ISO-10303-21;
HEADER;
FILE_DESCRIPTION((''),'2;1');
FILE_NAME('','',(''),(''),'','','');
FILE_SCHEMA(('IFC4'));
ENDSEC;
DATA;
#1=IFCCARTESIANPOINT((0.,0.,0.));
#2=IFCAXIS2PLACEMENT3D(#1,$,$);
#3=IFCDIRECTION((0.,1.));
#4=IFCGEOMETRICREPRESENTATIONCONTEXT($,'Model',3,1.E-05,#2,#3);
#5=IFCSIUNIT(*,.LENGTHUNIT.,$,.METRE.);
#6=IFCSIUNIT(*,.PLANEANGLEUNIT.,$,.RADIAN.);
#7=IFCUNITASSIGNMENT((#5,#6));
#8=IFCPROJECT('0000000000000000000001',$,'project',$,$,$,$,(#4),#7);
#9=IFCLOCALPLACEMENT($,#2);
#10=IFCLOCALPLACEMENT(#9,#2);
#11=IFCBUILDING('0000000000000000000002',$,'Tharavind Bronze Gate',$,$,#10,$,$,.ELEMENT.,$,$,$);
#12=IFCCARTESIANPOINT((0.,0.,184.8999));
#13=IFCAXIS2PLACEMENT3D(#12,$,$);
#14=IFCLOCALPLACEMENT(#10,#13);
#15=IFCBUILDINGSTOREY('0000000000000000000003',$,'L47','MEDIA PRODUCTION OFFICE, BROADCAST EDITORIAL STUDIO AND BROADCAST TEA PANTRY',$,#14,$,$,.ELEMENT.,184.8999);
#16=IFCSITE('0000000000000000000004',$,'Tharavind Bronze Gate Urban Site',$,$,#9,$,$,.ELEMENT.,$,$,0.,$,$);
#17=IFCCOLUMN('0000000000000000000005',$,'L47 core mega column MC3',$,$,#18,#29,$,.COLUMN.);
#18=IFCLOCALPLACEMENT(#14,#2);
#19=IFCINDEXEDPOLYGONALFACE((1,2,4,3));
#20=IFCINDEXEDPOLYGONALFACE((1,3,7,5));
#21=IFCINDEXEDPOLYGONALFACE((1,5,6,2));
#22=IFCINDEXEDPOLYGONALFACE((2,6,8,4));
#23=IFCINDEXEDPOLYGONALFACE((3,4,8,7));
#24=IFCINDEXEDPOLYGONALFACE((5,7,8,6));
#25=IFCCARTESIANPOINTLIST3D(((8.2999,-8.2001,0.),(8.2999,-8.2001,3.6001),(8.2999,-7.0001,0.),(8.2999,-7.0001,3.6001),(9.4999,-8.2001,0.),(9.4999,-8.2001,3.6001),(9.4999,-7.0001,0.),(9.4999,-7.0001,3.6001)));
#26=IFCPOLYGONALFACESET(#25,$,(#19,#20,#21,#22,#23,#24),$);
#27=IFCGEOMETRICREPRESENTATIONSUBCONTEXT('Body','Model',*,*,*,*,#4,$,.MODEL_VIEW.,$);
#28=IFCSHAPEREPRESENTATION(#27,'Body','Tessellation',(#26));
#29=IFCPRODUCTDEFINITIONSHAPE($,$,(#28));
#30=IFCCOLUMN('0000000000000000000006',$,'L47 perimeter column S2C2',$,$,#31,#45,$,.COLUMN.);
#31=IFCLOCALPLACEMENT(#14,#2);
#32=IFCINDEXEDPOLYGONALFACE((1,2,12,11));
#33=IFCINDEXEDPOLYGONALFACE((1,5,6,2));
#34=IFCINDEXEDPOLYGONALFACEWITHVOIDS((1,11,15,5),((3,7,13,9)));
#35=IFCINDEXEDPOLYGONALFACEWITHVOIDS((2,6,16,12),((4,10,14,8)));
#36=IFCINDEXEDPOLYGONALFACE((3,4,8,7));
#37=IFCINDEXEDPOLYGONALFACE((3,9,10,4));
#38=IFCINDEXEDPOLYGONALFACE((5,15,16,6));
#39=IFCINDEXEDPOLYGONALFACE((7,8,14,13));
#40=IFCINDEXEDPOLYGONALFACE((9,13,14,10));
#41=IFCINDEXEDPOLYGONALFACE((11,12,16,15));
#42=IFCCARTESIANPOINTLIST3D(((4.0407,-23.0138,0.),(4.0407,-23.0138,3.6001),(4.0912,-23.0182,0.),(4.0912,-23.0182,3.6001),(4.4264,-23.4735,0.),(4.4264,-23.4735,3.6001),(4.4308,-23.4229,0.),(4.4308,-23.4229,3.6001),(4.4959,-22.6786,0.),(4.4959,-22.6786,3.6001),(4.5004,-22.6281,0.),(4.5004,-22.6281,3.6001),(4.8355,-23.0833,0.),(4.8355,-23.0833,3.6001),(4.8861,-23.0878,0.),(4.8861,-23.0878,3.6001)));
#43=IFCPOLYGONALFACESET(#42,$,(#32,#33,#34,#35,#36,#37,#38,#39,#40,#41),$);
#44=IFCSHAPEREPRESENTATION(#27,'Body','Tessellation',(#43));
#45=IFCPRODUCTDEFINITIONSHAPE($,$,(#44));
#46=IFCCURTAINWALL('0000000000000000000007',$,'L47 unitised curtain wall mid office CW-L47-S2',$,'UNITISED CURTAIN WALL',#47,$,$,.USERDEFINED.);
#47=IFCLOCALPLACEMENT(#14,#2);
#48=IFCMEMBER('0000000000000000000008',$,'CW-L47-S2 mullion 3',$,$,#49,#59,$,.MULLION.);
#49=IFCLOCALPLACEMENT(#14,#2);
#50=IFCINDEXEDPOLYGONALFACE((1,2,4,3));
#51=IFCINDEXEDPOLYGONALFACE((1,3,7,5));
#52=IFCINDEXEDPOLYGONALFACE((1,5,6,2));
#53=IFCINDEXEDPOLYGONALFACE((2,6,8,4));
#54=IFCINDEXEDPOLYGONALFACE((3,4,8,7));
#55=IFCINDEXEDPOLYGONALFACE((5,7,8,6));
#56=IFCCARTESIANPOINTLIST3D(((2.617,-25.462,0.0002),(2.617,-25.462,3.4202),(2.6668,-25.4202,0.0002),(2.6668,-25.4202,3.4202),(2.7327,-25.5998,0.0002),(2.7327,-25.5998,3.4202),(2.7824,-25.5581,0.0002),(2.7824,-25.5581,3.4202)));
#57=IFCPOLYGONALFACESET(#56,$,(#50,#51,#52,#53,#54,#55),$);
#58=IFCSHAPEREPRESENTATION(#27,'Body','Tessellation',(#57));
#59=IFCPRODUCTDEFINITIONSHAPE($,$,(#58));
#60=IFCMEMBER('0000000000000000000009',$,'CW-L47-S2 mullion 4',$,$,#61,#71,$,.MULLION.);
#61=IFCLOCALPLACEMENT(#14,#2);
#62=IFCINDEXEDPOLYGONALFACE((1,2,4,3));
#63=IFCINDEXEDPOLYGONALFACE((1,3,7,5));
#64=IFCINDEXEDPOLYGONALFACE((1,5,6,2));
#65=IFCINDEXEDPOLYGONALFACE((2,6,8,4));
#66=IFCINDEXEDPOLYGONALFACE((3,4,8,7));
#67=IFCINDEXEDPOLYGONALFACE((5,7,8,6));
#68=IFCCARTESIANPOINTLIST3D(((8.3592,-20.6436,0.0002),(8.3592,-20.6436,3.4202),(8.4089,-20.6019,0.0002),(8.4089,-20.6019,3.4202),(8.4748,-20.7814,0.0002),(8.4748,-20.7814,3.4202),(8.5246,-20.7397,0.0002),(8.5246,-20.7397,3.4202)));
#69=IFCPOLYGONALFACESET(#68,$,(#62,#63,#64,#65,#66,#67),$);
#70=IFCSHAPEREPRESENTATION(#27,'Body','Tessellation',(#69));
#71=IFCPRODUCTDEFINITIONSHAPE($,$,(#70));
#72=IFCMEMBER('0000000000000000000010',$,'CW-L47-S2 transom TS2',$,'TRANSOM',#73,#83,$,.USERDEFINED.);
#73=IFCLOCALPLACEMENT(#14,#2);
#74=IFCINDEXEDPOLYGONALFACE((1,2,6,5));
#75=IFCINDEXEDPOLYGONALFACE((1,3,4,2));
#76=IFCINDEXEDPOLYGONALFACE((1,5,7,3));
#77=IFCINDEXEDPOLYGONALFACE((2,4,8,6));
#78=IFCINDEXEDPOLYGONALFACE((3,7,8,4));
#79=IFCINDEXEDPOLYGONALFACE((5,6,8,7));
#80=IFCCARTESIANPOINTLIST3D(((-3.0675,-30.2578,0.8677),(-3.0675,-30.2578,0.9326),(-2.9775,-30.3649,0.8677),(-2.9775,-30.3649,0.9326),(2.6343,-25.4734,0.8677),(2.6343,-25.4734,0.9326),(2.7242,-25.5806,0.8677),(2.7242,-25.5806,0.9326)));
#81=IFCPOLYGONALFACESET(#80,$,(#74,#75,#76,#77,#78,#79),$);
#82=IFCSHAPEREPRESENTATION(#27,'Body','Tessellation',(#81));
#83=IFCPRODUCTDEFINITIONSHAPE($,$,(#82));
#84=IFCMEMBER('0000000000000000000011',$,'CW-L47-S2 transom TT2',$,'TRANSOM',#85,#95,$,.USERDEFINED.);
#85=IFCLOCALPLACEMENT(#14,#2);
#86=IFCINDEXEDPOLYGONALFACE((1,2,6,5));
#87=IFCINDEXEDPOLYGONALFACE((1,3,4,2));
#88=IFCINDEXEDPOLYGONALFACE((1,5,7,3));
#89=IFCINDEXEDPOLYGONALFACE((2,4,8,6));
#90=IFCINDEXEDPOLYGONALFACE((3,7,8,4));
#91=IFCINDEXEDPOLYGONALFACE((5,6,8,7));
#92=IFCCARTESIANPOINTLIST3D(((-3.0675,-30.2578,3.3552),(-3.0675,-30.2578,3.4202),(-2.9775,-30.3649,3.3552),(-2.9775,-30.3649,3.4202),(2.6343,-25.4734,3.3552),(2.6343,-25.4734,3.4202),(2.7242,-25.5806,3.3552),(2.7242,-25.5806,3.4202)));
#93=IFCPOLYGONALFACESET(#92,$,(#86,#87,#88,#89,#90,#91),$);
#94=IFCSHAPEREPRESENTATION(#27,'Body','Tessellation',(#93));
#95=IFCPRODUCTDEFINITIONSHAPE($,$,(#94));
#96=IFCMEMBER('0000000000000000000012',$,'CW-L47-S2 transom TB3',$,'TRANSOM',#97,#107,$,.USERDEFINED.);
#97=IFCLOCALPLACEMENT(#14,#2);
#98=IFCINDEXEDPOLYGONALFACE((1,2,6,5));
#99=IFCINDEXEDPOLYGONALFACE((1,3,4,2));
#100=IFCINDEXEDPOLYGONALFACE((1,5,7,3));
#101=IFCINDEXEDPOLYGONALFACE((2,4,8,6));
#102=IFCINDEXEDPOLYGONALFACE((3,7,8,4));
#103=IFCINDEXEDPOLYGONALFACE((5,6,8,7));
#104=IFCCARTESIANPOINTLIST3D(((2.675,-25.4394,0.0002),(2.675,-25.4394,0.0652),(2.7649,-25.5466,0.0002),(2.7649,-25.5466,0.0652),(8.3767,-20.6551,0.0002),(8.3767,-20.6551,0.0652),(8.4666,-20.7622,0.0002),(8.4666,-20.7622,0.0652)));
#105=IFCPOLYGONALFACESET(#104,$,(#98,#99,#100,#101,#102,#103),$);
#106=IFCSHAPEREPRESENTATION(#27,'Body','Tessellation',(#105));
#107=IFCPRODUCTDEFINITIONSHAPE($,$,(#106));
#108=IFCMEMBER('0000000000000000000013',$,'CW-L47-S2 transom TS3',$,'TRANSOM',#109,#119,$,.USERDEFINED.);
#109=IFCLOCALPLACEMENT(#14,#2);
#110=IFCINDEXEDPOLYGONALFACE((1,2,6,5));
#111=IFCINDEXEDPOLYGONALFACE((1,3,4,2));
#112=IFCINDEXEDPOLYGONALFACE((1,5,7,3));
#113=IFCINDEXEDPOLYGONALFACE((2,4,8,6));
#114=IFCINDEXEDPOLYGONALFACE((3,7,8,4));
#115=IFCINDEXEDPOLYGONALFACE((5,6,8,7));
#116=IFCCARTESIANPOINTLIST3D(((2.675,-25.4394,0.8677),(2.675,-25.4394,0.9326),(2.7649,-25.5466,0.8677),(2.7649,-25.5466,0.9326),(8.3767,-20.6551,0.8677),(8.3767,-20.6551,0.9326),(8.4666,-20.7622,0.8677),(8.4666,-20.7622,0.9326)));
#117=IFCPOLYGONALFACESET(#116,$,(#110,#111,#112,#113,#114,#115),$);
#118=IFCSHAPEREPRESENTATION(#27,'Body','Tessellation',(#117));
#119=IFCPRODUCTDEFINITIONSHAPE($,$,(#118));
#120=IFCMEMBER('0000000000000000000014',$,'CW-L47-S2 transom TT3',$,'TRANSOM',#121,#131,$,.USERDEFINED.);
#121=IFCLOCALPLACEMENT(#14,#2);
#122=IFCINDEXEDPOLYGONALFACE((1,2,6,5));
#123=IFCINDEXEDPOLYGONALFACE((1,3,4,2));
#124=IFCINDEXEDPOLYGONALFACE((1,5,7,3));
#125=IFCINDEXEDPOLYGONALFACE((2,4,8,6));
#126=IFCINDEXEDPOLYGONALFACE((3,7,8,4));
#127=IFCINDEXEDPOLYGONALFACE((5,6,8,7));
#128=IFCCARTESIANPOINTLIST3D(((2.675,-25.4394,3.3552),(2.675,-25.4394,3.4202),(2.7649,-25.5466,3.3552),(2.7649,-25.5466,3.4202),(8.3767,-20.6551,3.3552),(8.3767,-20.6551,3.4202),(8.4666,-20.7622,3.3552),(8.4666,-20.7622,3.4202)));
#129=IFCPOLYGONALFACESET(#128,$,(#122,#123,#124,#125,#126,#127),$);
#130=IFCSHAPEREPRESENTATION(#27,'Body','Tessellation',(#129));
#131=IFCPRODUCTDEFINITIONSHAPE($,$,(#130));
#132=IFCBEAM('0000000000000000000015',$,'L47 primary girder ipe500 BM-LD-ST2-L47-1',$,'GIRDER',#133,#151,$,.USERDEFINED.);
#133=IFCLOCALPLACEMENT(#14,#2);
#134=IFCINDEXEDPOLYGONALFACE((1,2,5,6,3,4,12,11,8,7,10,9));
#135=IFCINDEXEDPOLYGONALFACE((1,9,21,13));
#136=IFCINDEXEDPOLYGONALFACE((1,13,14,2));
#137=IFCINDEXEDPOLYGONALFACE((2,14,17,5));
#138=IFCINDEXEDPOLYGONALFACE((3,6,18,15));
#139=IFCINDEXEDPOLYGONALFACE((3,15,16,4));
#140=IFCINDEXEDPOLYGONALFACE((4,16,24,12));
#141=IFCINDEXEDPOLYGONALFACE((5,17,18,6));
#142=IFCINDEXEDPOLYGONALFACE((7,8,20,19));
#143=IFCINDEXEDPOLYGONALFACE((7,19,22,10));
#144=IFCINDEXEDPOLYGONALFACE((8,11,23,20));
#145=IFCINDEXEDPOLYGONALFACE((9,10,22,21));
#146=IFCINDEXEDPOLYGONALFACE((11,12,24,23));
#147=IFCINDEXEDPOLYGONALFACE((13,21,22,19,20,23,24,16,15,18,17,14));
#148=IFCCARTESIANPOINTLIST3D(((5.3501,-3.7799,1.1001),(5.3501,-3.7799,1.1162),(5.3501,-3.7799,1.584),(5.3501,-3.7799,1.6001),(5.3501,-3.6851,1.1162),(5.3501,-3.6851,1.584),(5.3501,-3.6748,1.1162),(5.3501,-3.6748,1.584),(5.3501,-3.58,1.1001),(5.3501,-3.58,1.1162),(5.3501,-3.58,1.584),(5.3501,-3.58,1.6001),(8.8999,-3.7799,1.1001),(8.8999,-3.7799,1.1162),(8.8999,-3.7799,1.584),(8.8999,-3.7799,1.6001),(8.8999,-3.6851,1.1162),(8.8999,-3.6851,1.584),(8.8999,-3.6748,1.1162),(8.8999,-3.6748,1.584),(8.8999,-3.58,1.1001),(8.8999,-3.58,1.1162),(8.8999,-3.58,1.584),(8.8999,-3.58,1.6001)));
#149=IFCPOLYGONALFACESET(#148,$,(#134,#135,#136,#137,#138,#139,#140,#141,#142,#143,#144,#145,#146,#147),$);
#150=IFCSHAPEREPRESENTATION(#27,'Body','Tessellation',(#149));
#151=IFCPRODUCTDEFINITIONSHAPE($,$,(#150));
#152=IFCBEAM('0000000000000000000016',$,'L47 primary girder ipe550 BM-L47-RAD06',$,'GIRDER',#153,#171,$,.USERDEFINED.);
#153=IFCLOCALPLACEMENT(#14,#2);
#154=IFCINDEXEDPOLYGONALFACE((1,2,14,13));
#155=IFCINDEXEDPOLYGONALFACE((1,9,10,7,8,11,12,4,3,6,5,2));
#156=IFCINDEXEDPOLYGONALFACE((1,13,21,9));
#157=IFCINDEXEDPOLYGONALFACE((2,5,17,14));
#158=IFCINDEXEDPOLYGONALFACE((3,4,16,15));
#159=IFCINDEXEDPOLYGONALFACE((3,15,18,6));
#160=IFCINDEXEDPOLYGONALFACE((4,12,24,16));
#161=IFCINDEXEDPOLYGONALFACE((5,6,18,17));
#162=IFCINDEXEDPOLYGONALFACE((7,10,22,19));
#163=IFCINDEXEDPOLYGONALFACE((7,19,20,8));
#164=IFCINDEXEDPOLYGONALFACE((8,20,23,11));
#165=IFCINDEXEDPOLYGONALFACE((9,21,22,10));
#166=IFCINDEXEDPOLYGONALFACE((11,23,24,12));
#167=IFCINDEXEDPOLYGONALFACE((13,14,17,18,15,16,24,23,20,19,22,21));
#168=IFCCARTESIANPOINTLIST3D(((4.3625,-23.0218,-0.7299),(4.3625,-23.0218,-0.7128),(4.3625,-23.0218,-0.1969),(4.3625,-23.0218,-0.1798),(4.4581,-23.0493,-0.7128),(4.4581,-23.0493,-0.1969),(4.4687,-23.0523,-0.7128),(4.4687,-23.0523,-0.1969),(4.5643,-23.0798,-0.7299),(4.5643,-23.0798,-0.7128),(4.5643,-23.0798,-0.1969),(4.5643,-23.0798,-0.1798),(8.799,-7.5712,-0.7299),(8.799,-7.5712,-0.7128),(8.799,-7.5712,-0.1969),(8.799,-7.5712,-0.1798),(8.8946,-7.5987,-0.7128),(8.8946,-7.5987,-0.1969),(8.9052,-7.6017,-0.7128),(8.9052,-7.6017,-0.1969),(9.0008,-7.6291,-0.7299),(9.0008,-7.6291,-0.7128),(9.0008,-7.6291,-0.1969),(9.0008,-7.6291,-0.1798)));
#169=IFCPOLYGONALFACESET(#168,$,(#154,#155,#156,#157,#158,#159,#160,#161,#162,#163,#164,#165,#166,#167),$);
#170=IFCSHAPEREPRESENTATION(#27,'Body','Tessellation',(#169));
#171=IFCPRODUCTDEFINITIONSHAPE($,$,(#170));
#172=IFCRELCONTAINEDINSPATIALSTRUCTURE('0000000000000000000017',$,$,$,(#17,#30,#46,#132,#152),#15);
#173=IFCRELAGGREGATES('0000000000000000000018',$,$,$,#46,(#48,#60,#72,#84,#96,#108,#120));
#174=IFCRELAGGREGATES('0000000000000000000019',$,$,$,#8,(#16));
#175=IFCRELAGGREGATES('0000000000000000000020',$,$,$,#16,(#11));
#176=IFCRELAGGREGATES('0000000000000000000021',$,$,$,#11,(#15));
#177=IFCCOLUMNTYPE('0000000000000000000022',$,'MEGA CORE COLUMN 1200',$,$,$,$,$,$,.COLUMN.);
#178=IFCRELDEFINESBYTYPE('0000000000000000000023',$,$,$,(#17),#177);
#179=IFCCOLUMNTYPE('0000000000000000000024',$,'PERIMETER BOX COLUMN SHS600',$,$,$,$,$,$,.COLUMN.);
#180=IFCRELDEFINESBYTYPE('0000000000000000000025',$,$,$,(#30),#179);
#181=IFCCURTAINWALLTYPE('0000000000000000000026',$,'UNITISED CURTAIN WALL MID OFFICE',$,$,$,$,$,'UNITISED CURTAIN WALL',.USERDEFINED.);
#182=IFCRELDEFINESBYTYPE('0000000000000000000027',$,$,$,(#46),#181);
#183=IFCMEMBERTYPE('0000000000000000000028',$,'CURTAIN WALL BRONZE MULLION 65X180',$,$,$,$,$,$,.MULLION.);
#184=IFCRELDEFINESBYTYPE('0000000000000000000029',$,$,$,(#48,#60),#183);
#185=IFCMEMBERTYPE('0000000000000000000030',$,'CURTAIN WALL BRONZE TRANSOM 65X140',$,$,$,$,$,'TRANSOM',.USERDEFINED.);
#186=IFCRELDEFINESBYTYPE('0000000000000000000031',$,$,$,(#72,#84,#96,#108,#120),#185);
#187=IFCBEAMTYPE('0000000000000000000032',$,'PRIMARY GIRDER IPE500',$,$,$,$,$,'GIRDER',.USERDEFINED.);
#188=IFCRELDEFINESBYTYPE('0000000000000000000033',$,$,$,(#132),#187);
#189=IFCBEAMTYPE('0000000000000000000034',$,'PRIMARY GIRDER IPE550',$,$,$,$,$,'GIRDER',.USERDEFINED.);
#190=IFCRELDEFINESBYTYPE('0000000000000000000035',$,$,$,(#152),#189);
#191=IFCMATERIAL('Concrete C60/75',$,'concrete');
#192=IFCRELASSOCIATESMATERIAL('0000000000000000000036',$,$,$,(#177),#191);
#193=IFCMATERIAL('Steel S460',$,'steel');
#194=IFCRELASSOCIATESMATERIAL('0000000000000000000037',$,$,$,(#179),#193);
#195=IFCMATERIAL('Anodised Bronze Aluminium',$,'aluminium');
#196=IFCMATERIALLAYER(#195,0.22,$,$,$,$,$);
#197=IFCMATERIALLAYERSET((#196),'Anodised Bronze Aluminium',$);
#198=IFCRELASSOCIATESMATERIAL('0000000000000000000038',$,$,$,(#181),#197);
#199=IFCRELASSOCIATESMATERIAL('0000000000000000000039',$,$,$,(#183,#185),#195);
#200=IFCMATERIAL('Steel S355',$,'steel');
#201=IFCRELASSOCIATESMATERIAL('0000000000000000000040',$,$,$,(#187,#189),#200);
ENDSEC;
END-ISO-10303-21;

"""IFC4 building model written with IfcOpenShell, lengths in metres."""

from ifc_helpers import new_model, si_unit, direction, frame, origin, origin_2d, place, context, subcontext, project, spatial, rectangle, hollow_rectangle, i_section, extrude, material, layer, layer_set, material_profile, profile_set, type_object, element, aggregate, save


model = new_model("IFC4")

# Units and contexts
model_context = context("Model", 3, precision=1e-05, world=origin(), true_north=direction((0.0, 1.0)))
body_context = subcontext(model_context, "Body", "Model", "MODEL_VIEW")
ifc_project = project(units=[si_unit("LENGTHUNIT", "METRE"), si_unit("PLANEANGLEUNIT", "RADIAN")], contexts=[model_context])

# Site, building, storey
site_placement = place(None, origin())
site = spatial("IfcSite", under=ifc_project, at=site_placement, Name="Tharavind Bronze Gate Urban Site", CompositionType="ELEMENT", RefElevation=0.0)
building_placement = place(site_placement, origin())
building = spatial("IfcBuilding", under=site, at=building_placement, Name="Tharavind Bronze Gate", CompositionType="ELEMENT")
storey_placement = place(building_placement, frame((0.0, 0.0, 184.8999)))
storey = spatial("IfcBuildingStorey", under=building, at=storey_placement, Name="L47", Description="MEDIA PRODUCTION OFFICE, BROADCAST EDITORIAL STUDIO AND BROADCAST TEA PANTRY", CompositionType="ELEMENT", Elevation=184.8999)

# Columns
ifc_material_1 = material(Name="Concrete C60/75", Category="concrete")
ifc_material_profile_1 = material_profile(ifc_material_1, rectangle(XDim=1.2, YDim=1.2, at=origin_2d()), Name="RCCOL1200")
ifc_profile_set_1 = profile_set([ifc_material_profile_1], Name="Concrete C60/75")
column_type_1 = type_object("IfcColumnType", Name="MEGA CORE COLUMN 1200", PredefinedType="COLUMN", material=ifc_profile_set_1)
column_1_placement = place(storey_placement, frame((8.8999, -7.6001, 0.0), z_axis=(0.0, 0.0, 1.0), x_axis=(1.0, 0.0, 0.0)))
element("IfcColumn", 1, at=column_1_placement, inside=storey, type_object=column_type_1, Name="L47 core mega column MC3", PredefinedType="COLUMN", context=body_context, shape_type="SweptSolid", body=[
    extrude(rectangle(XDim=1.2, YDim=1.2, at=origin_2d()), origin(), (0.0, 0.0, 1.0), 3.6001),
])
ifc_material_2 = material(Name="Steel S460", Category="steel")
ifc_material_profile_2 = material_profile(ifc_material_2, hollow_rectangle(XDim=0.6001, YDim=0.6001, WallThickness=0.0359, at=origin_2d()), Name="SHS600X36")
ifc_profile_set_2 = profile_set([ifc_material_profile_2], Name="Steel S460")
column_type_2 = type_object("IfcColumnType", Name="PERIMETER BOX COLUMN SHS600", PredefinedType="COLUMN", material=ifc_profile_set_2)
column_2_placement = place(storey_placement, frame((4.4634, -23.0508, 0.0), z_axis=(0.0, 0.0, 1.0), x_axis=(0.766043, 0.642789, 0.0)))
element("IfcColumn", 2, at=column_2_placement, inside=storey, type_object=column_type_2, Name="L47 perimeter column S2C2", PredefinedType="COLUMN", context=body_context, shape_type="SweptSolid", body=[
    extrude(hollow_rectangle(XDim=0.6001, YDim=0.6001, WallThickness=0.0359, at=origin_2d()), origin(), (0.0, 0.0, 1.0), 3.6001),
])

# Curtain wall, members
ifc_material_3 = material(Name="Anodised Bronze Aluminium", Category="aluminium")
ifc_layer_1 = layer(ifc_material_3, 0.22)
ifc_layer_set_1 = layer_set([ifc_layer_1], Name="Anodised Bronze Aluminium")
curtain_wall_type = type_object("IfcCurtainWallType", Name="UNITISED CURTAIN WALL MID OFFICE", ElementType="UNITISED CURTAIN WALL", PredefinedType="USERDEFINED", material=ifc_layer_set_1)
curtain_wall_placement = place(storey_placement, origin())
curtain_wall = element("IfcCurtainWall", 3, at=curtain_wall_placement, inside=storey, type_object=curtain_wall_type, Name="L47 unitised curtain wall mid office CW-L47-S2", ObjectType="UNITISED CURTAIN WALL", PredefinedType="USERDEFINED")
member_type_1 = type_object("IfcMemberType", Name="CURTAIN WALL BRONZE MULLION 65X180", PredefinedType="MULLION", material=ifc_material_3)
member_1_placement = place(storey_placement, frame((2.6997, -25.51, 0.0002), z_axis=(0.0, 0.0, 1.0), x_axis=(0.766043, 0.642789, 0.0)))
member_1 = element("IfcMember", 4, at=member_1_placement, type_object=member_type_1, Name="CW-L47-S2 mullion 3", PredefinedType="MULLION", context=body_context, shape_type="SweptSolid", body=[
    extrude(rectangle(XDim=0.0649, YDim=0.1799, at=origin_2d()), origin(), (0.0, 0.0, 1.0), 3.4199),
])
member_2_placement = place(storey_placement, frame((8.4419, -20.6917, 0.0002), z_axis=(0.0, 0.0, 1.0), x_axis=(0.766043, 0.642789, 0.0)))
member_2 = element("IfcMember", 5, at=member_2_placement, type_object=member_type_1, Name="CW-L47-S2 mullion 4", PredefinedType="MULLION", context=body_context, shape_type="SweptSolid", body=[
    extrude(rectangle(XDim=0.0649, YDim=0.1799, at=origin_2d()), origin(), (0.0, 0.0, 1.0), 3.4199),
])
member_type_2 = type_object("IfcMemberType", Name="CURTAIN WALL BRONZE TRANSOM 65X140", ElementType="TRANSOM", PredefinedType="USERDEFINED", material=ifc_material_3)
member_3_placement = place(storey_placement, frame((-0.1716, -27.9192, 0.8677), z_axis=(0.0, 0.0, 1.0), x_axis=(0.766043, 0.642789, 0.0)))
member_3 = element("IfcMember", 6, at=member_3_placement, type_object=member_type_2, Name="CW-L47-S2 transom TS2", ObjectType="TRANSOM", PredefinedType="USERDEFINED", context=body_context, shape_type="SweptSolid", body=[
    extrude(rectangle(XDim=7.4431, YDim=0.1399, at=origin_2d()), origin(), (0.0, 0.0, 1.0), 0.0649),
])
member_4_placement = place(storey_placement, frame((-0.1716, -27.9192, 3.3552), z_axis=(0.0, 0.0, 1.0), x_axis=(0.766043, 0.642789, 0.0)))
member_4 = element("IfcMember", 7, at=member_4_placement, type_object=member_type_2, Name="CW-L47-S2 transom TT2", ObjectType="TRANSOM", PredefinedType="USERDEFINED", context=body_context, shape_type="SweptSolid", body=[
    extrude(rectangle(XDim=7.4431, YDim=0.1399, at=origin_2d()), origin(), (0.0, 0.0, 1.0), 0.0649),
])
member_5_placement = place(storey_placement, frame((5.5708, -23.1008, 0.0002), z_axis=(0.0, 0.0, 1.0), x_axis=(0.766043, 0.642789, 0.0)))
member_5 = element("IfcMember", 8, at=member_5_placement, type_object=member_type_2, Name="CW-L47-S2 transom TB3", ObjectType="TRANSOM", PredefinedType="USERDEFINED", context=body_context, shape_type="SweptSolid", body=[
    extrude(rectangle(XDim=7.4431, YDim=0.1399, at=origin_2d()), origin(), (0.0, 0.0, 1.0), 0.0649),
])
member_6_placement = place(storey_placement, frame((5.5708, -23.1008, 0.8677), z_axis=(0.0, 0.0, 1.0), x_axis=(0.766043, 0.642789, 0.0)))
member_6 = element("IfcMember", 9, at=member_6_placement, type_object=member_type_2, Name="CW-L47-S2 transom TS3", ObjectType="TRANSOM", PredefinedType="USERDEFINED", context=body_context, shape_type="SweptSolid", body=[
    extrude(rectangle(XDim=7.4431, YDim=0.1399, at=origin_2d()), origin(), (0.0, 0.0, 1.0), 0.0649),
])
member_7_placement = place(storey_placement, frame((5.5708, -23.1008, 3.3552), z_axis=(0.0, 0.0, 1.0), x_axis=(0.766043, 0.642789, 0.0)))
member_7 = element("IfcMember", 10, at=member_7_placement, type_object=member_type_2, Name="CW-L47-S2 transom TT3", ObjectType="TRANSOM", PredefinedType="USERDEFINED", context=body_context, shape_type="SweptSolid", body=[
    extrude(rectangle(XDim=7.4431, YDim=0.1399, at=origin_2d()), origin(), (0.0, 0.0, 1.0), 0.0649),
])

# Beams
ifc_material_4 = material(Name="Steel S355", Category="steel")
ifc_material_profile_3 = material_profile(ifc_material_4, i_section(OverallWidth=0.2, OverallDepth=0.5, WebThickness=0.0103, FlangeThickness=0.0161, at=origin_2d()), Name="IPE500")
ifc_profile_set_3 = profile_set([ifc_material_profile_3], Name="Steel S355")
beam_type_1 = type_object("IfcBeamType", Name="PRIMARY GIRDER IPE500", ElementType="GIRDER", PredefinedType="USERDEFINED", material=ifc_profile_set_3)
beam_1_placement = place(storey_placement, frame((5.3501, -3.6799, 1.3501), z_axis=(1.0, 0.0, 0.0), x_axis=(0.0, 1.0, 0.0)))
element("IfcBeam", 11, at=beam_1_placement, inside=storey, type_object=beam_type_1, Name="L47 primary girder ipe500 BM-LD-ST2-L47-1", ObjectType="GIRDER", PredefinedType="USERDEFINED", context=body_context, shape_type="SweptSolid", body=[
    extrude(i_section(OverallWidth=0.2, OverallDepth=0.5, WebThickness=0.0103, FlangeThickness=0.0161, at=origin_2d()), origin(), (0.0, 0.0, 1.0), 3.5498),
])
ifc_material_profile_4 = material_profile(ifc_material_4, i_section(OverallWidth=0.21, OverallDepth=0.55, WebThickness=0.011, FlangeThickness=0.0171, at=origin_2d()), Name="IPE550")
ifc_profile_set_4 = profile_set([ifc_material_profile_4], Name="Steel S355")
beam_type_2 = type_object("IfcBeamType", Name="PRIMARY GIRDER IPE550", ElementType="GIRDER", PredefinedType="USERDEFINED", material=ifc_profile_set_4)
beam_2_placement = place(storey_placement, frame((4.4634, -23.0508, -0.4548), z_axis=(0.275989, 0.961161, 0.0), x_axis=(-0.961161, 0.275989, 0.0)))
element("IfcBeam", 12, at=beam_2_placement, inside=storey, type_object=beam_type_2, Name="L47 primary girder ipe550 BM-L47-RAD06", ObjectType="GIRDER", PredefinedType="USERDEFINED", context=body_context, shape_type="SweptSolid", body=[
    extrude(i_section(OverallWidth=0.21, OverallDepth=0.55, WebThickness=0.011, FlangeThickness=0.0171, at=origin_2d()), origin(), (0.0, 0.0, 1.0), 16.075),
])

aggregate(curtain_wall, [member_1, member_2, member_3, member_4, member_5, member_6, member_7])

save(model, "model.ifc")
